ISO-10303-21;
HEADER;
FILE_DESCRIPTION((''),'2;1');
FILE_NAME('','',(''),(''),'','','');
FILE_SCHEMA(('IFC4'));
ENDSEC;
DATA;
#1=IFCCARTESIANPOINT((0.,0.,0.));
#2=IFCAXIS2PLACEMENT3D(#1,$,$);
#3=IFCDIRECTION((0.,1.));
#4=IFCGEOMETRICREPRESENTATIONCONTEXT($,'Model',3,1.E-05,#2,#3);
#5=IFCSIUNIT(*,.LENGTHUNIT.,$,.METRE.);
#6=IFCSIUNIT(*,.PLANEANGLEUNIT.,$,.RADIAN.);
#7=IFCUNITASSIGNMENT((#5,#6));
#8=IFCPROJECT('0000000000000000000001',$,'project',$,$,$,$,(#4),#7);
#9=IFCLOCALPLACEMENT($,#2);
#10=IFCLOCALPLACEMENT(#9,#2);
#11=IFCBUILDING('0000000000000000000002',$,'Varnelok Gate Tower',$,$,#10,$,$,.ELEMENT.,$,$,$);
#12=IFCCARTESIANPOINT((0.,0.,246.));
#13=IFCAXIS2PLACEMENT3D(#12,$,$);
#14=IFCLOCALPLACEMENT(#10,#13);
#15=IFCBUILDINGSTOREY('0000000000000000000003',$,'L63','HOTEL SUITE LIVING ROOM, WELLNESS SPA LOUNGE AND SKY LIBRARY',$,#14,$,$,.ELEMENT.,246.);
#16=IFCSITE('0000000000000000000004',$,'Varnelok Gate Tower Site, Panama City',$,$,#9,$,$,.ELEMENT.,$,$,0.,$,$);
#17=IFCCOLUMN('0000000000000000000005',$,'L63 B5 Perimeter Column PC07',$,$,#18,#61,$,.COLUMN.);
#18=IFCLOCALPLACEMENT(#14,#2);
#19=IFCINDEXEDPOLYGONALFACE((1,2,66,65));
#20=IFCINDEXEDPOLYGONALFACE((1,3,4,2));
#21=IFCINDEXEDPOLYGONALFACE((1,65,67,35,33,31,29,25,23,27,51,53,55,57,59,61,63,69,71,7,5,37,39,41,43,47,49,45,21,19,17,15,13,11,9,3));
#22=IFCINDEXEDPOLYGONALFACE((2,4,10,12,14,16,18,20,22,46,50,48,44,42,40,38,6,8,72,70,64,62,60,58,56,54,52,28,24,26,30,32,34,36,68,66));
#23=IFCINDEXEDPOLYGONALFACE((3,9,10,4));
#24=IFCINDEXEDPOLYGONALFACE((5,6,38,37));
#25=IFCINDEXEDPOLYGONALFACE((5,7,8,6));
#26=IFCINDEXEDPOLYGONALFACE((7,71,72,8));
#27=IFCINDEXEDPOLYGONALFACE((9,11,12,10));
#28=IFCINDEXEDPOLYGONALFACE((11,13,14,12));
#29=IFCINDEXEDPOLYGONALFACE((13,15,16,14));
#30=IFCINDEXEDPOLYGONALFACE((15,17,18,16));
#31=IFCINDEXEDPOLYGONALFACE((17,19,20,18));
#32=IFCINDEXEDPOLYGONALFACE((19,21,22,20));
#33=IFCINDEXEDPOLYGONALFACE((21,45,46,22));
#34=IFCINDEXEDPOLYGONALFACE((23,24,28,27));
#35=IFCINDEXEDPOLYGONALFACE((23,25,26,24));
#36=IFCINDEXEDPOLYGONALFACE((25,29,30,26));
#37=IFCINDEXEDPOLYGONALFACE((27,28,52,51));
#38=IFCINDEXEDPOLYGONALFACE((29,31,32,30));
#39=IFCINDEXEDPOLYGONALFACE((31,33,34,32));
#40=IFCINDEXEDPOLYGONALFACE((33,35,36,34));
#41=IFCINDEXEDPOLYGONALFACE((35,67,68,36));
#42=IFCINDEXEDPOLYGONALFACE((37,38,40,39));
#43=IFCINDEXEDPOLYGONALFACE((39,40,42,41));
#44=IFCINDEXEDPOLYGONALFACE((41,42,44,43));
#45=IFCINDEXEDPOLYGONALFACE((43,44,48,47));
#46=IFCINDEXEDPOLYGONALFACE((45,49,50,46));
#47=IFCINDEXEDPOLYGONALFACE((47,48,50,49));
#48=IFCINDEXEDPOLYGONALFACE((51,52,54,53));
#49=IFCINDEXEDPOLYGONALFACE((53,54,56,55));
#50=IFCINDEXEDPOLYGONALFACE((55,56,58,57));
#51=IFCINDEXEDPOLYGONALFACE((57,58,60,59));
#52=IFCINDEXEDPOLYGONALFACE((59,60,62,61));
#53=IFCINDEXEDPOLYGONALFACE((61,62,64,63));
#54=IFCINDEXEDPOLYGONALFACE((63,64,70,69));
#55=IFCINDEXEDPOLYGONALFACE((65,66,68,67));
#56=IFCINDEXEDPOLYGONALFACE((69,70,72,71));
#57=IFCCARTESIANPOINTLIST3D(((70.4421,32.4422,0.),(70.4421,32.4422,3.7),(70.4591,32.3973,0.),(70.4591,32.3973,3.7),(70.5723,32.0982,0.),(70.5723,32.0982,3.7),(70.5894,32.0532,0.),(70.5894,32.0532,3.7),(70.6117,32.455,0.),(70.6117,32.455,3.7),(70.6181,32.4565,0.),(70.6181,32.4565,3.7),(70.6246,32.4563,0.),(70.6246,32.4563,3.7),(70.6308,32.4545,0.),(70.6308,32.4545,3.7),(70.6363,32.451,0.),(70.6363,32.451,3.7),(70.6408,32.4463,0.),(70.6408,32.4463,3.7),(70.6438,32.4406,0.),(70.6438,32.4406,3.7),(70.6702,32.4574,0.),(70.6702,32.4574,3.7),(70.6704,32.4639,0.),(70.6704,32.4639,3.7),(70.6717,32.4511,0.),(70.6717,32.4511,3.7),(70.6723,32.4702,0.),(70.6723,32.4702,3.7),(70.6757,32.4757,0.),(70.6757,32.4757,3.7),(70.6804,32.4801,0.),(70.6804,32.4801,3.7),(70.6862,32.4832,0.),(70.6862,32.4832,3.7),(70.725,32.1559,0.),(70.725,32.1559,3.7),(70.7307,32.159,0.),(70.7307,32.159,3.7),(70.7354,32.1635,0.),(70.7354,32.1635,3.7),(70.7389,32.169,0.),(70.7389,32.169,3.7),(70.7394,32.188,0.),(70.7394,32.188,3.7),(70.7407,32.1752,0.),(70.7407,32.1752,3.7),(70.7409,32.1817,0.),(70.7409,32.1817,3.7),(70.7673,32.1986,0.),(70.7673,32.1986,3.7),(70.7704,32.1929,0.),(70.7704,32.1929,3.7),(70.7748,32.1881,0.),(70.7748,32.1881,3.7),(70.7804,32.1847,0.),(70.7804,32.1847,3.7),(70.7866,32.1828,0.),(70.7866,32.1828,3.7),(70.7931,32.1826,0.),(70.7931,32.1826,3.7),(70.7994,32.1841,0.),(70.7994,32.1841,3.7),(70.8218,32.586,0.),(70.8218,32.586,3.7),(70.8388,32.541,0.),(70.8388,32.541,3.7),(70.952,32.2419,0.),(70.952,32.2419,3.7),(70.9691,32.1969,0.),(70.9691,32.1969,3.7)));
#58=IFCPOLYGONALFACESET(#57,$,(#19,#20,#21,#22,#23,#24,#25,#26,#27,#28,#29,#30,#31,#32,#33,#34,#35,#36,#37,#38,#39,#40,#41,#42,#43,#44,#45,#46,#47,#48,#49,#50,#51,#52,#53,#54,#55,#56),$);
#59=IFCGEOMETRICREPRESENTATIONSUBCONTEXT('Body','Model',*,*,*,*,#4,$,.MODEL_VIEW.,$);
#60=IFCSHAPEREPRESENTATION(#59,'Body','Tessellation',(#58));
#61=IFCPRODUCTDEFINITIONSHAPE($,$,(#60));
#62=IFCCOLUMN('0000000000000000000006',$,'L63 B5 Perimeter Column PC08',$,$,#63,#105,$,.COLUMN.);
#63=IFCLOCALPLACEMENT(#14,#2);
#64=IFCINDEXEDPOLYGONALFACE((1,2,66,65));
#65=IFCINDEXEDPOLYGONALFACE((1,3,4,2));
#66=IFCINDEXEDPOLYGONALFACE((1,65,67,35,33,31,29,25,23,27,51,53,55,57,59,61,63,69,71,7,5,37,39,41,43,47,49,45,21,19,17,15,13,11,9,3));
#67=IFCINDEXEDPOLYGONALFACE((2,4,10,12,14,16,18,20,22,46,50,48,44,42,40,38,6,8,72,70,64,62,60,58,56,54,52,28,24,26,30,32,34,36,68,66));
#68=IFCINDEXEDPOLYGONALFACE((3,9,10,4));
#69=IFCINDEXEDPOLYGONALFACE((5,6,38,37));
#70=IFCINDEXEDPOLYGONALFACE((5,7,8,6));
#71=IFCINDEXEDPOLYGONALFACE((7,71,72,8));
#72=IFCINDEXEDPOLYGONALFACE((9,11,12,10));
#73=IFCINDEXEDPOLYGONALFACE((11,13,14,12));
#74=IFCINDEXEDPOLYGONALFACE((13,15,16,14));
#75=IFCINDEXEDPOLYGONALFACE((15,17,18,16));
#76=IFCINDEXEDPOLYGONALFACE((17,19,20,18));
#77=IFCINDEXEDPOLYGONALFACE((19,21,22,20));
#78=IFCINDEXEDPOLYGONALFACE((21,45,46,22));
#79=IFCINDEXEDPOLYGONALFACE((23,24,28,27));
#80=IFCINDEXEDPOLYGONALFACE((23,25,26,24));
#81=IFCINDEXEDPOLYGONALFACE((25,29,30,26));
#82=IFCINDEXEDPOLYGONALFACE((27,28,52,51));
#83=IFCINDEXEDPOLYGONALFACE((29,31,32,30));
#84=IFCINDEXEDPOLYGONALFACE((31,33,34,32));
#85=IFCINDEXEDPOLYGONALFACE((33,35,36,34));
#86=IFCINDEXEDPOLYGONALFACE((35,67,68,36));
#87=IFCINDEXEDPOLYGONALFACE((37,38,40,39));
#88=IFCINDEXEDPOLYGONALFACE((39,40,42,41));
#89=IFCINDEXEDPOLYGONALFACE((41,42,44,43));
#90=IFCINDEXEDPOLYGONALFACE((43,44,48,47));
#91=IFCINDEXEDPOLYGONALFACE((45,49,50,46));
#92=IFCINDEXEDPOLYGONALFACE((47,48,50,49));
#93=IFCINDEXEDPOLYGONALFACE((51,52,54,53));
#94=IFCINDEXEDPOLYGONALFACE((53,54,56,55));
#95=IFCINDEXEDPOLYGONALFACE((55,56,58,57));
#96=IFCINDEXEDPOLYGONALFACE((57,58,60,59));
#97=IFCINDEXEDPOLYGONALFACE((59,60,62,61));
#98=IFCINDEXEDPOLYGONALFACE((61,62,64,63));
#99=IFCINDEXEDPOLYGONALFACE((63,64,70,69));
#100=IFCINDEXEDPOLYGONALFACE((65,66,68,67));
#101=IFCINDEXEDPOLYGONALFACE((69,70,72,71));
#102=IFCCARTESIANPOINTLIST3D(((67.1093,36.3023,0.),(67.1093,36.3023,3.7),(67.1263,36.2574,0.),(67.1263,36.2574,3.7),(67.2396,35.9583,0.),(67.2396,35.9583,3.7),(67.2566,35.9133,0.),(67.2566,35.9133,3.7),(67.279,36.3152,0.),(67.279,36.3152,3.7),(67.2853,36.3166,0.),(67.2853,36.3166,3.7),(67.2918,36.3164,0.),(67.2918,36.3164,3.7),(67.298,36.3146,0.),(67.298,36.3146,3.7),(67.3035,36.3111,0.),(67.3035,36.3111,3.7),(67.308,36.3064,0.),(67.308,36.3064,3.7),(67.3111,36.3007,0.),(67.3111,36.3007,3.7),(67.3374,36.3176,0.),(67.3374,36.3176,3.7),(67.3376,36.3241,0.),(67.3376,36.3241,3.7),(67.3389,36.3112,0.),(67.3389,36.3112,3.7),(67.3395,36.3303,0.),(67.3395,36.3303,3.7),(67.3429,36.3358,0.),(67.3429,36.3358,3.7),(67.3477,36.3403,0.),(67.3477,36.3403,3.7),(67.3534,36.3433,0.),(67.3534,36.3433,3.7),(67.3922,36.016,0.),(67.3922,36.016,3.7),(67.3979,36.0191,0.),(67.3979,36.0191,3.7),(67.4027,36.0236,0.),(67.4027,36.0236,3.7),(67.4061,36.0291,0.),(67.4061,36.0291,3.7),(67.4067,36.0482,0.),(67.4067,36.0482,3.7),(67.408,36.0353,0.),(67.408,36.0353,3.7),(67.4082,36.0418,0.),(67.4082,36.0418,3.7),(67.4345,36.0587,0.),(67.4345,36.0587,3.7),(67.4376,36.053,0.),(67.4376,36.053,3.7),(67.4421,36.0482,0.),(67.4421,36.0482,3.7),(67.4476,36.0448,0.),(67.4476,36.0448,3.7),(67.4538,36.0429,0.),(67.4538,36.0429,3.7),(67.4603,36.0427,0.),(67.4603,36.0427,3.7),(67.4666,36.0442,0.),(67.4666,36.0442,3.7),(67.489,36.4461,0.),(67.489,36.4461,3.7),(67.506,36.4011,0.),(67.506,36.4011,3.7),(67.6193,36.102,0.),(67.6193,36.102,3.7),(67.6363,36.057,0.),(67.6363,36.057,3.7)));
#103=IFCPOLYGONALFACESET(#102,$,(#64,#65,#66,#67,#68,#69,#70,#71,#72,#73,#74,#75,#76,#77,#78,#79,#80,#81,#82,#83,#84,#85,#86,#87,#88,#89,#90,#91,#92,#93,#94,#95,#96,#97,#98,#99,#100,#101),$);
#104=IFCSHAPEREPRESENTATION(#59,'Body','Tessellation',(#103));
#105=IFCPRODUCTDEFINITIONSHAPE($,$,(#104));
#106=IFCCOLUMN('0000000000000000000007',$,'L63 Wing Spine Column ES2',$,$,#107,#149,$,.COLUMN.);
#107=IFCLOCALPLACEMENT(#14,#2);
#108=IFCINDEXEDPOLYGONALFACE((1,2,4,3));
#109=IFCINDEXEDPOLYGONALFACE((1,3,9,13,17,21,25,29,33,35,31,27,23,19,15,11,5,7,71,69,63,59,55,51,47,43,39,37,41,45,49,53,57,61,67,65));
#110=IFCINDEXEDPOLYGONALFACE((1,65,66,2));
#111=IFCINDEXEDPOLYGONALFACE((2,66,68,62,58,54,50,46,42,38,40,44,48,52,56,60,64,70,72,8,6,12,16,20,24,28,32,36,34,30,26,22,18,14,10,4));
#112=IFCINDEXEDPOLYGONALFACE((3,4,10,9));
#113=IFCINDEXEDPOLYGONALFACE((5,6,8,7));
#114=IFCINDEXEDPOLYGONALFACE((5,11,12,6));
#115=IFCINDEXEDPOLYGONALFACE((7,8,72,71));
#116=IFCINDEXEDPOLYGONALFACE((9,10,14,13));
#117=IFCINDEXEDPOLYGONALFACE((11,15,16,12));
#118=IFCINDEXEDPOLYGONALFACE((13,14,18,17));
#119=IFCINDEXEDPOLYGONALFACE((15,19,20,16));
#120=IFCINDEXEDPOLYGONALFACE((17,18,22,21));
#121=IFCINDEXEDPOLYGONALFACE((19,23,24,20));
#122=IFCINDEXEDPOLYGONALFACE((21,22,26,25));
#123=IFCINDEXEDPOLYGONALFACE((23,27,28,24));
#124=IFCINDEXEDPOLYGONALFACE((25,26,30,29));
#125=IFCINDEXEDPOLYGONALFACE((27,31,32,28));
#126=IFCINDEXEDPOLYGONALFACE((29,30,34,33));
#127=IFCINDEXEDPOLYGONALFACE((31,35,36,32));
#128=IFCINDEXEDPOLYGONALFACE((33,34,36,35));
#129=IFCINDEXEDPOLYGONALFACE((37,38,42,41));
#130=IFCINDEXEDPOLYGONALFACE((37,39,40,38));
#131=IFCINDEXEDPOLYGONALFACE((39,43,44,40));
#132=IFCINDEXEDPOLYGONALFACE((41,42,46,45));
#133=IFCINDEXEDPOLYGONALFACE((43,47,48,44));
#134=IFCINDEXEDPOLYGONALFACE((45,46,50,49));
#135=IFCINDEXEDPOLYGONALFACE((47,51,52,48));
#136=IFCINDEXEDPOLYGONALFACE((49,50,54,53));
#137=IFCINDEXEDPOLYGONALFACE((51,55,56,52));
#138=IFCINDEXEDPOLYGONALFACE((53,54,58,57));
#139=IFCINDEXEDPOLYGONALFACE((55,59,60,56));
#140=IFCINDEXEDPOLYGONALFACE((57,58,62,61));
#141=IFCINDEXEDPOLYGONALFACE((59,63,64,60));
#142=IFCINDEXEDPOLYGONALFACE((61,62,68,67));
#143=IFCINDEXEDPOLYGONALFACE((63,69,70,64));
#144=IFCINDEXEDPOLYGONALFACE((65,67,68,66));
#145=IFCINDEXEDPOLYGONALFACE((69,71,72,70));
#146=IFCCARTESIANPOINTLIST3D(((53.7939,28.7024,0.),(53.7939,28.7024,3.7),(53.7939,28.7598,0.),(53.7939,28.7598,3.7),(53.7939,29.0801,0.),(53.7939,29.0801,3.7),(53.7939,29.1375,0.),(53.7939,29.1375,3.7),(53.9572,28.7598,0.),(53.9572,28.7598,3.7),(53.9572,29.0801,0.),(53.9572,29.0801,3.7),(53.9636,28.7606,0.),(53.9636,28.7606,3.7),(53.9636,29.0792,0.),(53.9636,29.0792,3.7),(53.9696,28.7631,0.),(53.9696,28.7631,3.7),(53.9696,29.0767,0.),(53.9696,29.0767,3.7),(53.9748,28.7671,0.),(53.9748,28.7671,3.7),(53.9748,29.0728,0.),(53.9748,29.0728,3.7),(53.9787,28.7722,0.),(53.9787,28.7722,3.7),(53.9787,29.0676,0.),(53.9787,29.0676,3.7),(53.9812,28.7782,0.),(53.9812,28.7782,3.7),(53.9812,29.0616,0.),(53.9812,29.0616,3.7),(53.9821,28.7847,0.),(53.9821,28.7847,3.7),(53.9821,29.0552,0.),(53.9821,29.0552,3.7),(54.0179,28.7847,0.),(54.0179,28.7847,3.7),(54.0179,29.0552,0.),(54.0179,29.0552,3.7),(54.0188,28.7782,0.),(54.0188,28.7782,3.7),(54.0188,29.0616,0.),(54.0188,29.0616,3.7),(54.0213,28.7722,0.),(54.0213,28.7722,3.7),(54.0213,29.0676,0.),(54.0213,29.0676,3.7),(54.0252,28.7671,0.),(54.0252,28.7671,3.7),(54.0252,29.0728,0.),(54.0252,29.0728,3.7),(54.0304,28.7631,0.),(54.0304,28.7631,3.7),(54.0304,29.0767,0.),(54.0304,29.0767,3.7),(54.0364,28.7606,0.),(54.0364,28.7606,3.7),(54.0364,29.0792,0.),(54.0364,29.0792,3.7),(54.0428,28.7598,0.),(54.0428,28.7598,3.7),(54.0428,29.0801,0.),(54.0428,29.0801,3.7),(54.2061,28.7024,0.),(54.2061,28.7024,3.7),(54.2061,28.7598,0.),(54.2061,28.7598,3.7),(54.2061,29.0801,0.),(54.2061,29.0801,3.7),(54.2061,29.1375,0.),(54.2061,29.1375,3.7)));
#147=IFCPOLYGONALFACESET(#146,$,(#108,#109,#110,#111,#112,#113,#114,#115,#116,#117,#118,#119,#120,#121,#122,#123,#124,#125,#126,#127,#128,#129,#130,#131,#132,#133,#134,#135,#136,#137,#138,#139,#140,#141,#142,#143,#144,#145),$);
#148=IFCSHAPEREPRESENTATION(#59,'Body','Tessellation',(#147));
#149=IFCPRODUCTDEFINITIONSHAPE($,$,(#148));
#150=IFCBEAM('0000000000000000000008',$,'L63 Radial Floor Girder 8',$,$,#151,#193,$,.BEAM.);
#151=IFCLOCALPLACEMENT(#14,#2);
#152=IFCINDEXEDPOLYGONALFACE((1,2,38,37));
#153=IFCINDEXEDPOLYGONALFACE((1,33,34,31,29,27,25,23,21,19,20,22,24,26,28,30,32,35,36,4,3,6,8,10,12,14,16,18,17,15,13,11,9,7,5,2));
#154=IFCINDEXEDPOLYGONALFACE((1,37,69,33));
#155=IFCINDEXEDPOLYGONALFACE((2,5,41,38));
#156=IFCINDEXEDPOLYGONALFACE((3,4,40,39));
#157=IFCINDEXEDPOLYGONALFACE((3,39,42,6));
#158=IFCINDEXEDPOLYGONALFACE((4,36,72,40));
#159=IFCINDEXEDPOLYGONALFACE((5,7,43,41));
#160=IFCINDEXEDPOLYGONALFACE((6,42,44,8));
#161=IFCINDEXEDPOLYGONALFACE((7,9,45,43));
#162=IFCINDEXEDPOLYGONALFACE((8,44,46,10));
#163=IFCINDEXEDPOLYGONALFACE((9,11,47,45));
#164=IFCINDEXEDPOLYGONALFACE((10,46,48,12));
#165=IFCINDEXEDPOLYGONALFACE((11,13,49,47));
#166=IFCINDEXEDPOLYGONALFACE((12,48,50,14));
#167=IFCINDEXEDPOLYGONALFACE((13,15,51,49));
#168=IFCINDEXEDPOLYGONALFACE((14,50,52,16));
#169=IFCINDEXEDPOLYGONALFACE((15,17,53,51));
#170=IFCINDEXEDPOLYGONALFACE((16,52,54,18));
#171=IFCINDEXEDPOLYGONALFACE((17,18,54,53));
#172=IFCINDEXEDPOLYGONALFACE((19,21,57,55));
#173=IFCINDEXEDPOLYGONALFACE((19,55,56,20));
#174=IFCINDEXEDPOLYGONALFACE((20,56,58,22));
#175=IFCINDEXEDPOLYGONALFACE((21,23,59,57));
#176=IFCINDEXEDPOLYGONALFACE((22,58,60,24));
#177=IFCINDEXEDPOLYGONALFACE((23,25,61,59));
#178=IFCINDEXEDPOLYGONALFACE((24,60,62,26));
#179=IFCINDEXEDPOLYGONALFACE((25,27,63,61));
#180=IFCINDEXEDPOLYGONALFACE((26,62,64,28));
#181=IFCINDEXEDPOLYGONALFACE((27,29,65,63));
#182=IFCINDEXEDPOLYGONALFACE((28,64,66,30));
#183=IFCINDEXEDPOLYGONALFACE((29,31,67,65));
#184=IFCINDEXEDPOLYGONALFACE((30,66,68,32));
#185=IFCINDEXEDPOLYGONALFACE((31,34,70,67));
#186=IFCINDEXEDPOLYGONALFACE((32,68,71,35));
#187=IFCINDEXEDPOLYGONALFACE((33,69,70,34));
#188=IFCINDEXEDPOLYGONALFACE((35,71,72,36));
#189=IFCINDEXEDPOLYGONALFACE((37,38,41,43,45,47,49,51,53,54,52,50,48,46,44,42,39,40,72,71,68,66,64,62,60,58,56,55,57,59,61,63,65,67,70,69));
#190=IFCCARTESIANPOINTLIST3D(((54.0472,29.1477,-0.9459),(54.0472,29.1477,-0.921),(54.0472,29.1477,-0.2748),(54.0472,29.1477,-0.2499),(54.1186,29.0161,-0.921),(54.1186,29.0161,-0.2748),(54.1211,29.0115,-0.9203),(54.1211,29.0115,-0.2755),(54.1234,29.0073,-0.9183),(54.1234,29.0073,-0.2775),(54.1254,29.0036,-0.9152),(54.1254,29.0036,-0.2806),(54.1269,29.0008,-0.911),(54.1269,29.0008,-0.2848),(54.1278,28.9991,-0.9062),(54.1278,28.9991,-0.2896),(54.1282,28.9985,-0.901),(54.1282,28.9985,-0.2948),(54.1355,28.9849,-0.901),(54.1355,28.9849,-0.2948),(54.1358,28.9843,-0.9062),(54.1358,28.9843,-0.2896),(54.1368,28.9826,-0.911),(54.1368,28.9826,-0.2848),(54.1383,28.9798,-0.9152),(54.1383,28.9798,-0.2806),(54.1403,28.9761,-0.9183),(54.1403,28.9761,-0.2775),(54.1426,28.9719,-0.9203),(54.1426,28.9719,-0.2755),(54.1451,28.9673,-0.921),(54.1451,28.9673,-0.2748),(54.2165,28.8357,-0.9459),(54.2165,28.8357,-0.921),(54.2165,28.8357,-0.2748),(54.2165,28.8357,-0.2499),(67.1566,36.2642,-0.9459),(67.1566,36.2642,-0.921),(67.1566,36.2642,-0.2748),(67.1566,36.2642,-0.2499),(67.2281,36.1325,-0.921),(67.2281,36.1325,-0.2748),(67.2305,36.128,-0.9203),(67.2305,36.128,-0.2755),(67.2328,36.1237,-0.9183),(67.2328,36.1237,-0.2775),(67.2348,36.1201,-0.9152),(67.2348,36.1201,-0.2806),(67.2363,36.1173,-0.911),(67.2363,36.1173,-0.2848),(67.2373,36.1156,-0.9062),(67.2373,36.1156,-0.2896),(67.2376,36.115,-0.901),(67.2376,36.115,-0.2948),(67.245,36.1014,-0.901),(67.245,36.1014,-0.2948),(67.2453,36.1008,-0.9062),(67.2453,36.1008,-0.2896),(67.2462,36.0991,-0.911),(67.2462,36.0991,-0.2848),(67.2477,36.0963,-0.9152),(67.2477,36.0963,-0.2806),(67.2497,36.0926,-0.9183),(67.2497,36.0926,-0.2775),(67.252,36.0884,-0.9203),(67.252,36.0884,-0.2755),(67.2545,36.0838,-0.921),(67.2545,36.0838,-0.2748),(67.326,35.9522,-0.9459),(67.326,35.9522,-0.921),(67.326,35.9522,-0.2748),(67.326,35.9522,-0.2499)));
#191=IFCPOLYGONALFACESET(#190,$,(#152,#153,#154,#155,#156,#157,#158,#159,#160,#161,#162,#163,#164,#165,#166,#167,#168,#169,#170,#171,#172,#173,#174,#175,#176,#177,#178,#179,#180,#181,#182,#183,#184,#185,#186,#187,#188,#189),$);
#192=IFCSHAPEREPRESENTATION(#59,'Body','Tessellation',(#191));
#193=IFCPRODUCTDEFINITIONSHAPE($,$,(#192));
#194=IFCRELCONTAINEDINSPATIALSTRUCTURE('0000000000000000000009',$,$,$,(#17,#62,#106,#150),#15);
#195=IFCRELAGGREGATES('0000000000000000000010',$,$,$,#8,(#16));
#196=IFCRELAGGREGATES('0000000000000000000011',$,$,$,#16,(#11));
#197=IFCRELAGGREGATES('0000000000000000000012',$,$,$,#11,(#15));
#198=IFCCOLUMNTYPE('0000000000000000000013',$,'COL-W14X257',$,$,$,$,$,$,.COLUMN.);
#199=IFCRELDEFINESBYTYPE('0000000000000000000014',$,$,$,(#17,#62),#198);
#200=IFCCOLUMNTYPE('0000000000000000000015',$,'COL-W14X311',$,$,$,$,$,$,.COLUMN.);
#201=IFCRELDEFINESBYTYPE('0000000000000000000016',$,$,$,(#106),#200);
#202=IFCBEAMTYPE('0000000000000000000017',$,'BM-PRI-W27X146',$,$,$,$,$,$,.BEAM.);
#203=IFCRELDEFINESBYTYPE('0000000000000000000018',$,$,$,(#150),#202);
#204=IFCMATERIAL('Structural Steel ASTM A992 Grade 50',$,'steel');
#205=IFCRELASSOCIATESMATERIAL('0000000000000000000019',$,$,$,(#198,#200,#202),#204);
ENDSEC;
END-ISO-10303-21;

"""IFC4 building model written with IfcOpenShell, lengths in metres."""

from ifc_helpers import new_model, si_unit, direction, frame, origin, origin_2d, place, context, subcontext, project, spatial, i_section, extrude, material, material_profile, profile_set, type_object, element, save


model = new_model("IFC4")

# Units and contexts
model_context = context("Model", 3, precision=1e-05, world=origin(), true_north=direction((0.0, 1.0)))
body_context = subcontext(model_context, "Body", "Model", "MODEL_VIEW")
ifc_project = project(units=[si_unit("LENGTHUNIT", "METRE"), si_unit("PLANEANGLEUNIT", "RADIAN")], contexts=[model_context])

# Site, building, storey
site_placement = place(None, origin())
site = spatial("IfcSite", under=ifc_project, at=site_placement, Name="Varnelok Gate Tower Site, Panama City", CompositionType="ELEMENT", RefElevation=0.0)
building_placement = place(site_placement, origin())
building = spatial("IfcBuilding", under=site, at=building_placement, Name="Varnelok Gate Tower", CompositionType="ELEMENT")
storey_placement = place(building_placement, frame((0.0, 0.0, 246.0)))
storey = spatial("IfcBuildingStorey", under=building, at=storey_placement, Name="L63", Description="HOTEL SUITE LIVING ROOM, WELLNESS SPA LOUNGE AND SKY LIBRARY", CompositionType="ELEMENT", Elevation=246.0)

# Columns
ifc_material_1 = material(Name="Structural Steel ASTM A992 Grade 50", Category="steel")
ifc_material_profile_1 = material_profile(ifc_material_1, i_section(OverallWidth=0.406, OverallDepth=0.416, WebThickness=0.0298, FlangeThickness=0.0481, FilletRadius=0.0249, at=origin_2d()), Name="W14X257")
ifc_profile_set_1 = profile_set([ifc_material_profile_1], Name="Structural Steel ASTM A992 Grade 50")
column_type_1 = type_object("IfcColumnType", Name="COL-W14X257", PredefinedType="COLUMN", material=ifc_profile_set_1)
for number, where, z_axis, x_axis, name in (
    (1, (70.7056, 32.3196, 0.0), (0.0, 0.0, 1.0), (0.935222, 0.354063, 0.0), "L63 B5 Perimeter Column PC07"),
    (2, (67.3728, 36.1797, 0.0), (0.0, 0.0, 1.0), (0.935222, 0.354063, 0.0), "L63 B5 Perimeter Column PC08"),
):
    element("IfcColumn", number, at=place(storey_placement, frame(where, z_axis=z_axis, x_axis=x_axis)), inside=storey, type_object=column_type_1, Name=name, PredefinedType="COLUMN", context=body_context, shape_type="SweptSolid", body=[
        extrude(i_section(OverallWidth=0.406, OverallDepth=0.416, WebThickness=0.0298, FlangeThickness=0.0481, FilletRadius=0.0249, at=origin_2d()), origin(), (0.0, 0.0, 1.0), 3.7),
    ])
ifc_material_profile_2 = material_profile(ifc_material_1, i_section(OverallWidth=0.4121, OverallDepth=0.4351, WebThickness=0.0359, FlangeThickness=0.0574, FilletRadius=0.0249, at=origin_2d()), Name="W14X311")
ifc_profile_set_2 = profile_set([ifc_material_profile_2], Name="Structural Steel ASTM A992 Grade 50")
column_type_2 = type_object("IfcColumnType", Name="COL-W14X311", PredefinedType="COLUMN", material=ifc_profile_set_2)
column_placement = place(storey_placement, frame((54.0, 28.9199, 0.0), z_axis=(0.0, 0.0, 1.0), x_axis=(1.0, 0.0, 0.0)))
element("IfcColumn", 3, at=column_placement, inside=storey, type_object=column_type_2, Name="L63 Wing Spine Column ES2", PredefinedType="COLUMN", context=body_context, shape_type="SweptSolid", body=[
    extrude(i_section(OverallWidth=0.4121, OverallDepth=0.4351, WebThickness=0.0359, FlangeThickness=0.0574, FilletRadius=0.0249, at=origin_2d()), origin(), (0.0, 0.0, 1.0), 3.7),
])

# Beam
ifc_material_profile_3 = material_profile(ifc_material_1, i_section(OverallWidth=0.355, OverallDepth=0.696, WebThickness=0.0154, FlangeThickness=0.0249, FilletRadius=0.02, at=origin_2d()), Name="W27X146")
ifc_profile_set_3 = profile_set([ifc_material_profile_3], Name="Structural Steel ASTM A992 Grade 50")
beam_type_1 = type_object("IfcBeamType", Name="BM-PRI-W27X146", PredefinedType="BEAM", material=ifc_profile_set_3)
beam_1_placement = place(storey_placement, frame((54.1318, 28.9917, -0.5979), z_axis=(0.878855, 0.477089, 0.0), x_axis=(-0.477089, 0.878855, 0.0)))
element("IfcBeam", 4, at=beam_1_placement, inside=storey, type_object=beam_type_1, Name="L63 Radial Floor Girder 8", PredefinedType="BEAM", context=body_context, shape_type="SweptSolid", body=[
    extrude(i_section(OverallWidth=0.355, OverallDepth=0.696, WebThickness=0.0154, FlangeThickness=0.0249, FilletRadius=0.02, at=origin_2d()), origin(), (0.0, 0.0, 1.0), 14.9165),
])

save(model, "model.ifc")
